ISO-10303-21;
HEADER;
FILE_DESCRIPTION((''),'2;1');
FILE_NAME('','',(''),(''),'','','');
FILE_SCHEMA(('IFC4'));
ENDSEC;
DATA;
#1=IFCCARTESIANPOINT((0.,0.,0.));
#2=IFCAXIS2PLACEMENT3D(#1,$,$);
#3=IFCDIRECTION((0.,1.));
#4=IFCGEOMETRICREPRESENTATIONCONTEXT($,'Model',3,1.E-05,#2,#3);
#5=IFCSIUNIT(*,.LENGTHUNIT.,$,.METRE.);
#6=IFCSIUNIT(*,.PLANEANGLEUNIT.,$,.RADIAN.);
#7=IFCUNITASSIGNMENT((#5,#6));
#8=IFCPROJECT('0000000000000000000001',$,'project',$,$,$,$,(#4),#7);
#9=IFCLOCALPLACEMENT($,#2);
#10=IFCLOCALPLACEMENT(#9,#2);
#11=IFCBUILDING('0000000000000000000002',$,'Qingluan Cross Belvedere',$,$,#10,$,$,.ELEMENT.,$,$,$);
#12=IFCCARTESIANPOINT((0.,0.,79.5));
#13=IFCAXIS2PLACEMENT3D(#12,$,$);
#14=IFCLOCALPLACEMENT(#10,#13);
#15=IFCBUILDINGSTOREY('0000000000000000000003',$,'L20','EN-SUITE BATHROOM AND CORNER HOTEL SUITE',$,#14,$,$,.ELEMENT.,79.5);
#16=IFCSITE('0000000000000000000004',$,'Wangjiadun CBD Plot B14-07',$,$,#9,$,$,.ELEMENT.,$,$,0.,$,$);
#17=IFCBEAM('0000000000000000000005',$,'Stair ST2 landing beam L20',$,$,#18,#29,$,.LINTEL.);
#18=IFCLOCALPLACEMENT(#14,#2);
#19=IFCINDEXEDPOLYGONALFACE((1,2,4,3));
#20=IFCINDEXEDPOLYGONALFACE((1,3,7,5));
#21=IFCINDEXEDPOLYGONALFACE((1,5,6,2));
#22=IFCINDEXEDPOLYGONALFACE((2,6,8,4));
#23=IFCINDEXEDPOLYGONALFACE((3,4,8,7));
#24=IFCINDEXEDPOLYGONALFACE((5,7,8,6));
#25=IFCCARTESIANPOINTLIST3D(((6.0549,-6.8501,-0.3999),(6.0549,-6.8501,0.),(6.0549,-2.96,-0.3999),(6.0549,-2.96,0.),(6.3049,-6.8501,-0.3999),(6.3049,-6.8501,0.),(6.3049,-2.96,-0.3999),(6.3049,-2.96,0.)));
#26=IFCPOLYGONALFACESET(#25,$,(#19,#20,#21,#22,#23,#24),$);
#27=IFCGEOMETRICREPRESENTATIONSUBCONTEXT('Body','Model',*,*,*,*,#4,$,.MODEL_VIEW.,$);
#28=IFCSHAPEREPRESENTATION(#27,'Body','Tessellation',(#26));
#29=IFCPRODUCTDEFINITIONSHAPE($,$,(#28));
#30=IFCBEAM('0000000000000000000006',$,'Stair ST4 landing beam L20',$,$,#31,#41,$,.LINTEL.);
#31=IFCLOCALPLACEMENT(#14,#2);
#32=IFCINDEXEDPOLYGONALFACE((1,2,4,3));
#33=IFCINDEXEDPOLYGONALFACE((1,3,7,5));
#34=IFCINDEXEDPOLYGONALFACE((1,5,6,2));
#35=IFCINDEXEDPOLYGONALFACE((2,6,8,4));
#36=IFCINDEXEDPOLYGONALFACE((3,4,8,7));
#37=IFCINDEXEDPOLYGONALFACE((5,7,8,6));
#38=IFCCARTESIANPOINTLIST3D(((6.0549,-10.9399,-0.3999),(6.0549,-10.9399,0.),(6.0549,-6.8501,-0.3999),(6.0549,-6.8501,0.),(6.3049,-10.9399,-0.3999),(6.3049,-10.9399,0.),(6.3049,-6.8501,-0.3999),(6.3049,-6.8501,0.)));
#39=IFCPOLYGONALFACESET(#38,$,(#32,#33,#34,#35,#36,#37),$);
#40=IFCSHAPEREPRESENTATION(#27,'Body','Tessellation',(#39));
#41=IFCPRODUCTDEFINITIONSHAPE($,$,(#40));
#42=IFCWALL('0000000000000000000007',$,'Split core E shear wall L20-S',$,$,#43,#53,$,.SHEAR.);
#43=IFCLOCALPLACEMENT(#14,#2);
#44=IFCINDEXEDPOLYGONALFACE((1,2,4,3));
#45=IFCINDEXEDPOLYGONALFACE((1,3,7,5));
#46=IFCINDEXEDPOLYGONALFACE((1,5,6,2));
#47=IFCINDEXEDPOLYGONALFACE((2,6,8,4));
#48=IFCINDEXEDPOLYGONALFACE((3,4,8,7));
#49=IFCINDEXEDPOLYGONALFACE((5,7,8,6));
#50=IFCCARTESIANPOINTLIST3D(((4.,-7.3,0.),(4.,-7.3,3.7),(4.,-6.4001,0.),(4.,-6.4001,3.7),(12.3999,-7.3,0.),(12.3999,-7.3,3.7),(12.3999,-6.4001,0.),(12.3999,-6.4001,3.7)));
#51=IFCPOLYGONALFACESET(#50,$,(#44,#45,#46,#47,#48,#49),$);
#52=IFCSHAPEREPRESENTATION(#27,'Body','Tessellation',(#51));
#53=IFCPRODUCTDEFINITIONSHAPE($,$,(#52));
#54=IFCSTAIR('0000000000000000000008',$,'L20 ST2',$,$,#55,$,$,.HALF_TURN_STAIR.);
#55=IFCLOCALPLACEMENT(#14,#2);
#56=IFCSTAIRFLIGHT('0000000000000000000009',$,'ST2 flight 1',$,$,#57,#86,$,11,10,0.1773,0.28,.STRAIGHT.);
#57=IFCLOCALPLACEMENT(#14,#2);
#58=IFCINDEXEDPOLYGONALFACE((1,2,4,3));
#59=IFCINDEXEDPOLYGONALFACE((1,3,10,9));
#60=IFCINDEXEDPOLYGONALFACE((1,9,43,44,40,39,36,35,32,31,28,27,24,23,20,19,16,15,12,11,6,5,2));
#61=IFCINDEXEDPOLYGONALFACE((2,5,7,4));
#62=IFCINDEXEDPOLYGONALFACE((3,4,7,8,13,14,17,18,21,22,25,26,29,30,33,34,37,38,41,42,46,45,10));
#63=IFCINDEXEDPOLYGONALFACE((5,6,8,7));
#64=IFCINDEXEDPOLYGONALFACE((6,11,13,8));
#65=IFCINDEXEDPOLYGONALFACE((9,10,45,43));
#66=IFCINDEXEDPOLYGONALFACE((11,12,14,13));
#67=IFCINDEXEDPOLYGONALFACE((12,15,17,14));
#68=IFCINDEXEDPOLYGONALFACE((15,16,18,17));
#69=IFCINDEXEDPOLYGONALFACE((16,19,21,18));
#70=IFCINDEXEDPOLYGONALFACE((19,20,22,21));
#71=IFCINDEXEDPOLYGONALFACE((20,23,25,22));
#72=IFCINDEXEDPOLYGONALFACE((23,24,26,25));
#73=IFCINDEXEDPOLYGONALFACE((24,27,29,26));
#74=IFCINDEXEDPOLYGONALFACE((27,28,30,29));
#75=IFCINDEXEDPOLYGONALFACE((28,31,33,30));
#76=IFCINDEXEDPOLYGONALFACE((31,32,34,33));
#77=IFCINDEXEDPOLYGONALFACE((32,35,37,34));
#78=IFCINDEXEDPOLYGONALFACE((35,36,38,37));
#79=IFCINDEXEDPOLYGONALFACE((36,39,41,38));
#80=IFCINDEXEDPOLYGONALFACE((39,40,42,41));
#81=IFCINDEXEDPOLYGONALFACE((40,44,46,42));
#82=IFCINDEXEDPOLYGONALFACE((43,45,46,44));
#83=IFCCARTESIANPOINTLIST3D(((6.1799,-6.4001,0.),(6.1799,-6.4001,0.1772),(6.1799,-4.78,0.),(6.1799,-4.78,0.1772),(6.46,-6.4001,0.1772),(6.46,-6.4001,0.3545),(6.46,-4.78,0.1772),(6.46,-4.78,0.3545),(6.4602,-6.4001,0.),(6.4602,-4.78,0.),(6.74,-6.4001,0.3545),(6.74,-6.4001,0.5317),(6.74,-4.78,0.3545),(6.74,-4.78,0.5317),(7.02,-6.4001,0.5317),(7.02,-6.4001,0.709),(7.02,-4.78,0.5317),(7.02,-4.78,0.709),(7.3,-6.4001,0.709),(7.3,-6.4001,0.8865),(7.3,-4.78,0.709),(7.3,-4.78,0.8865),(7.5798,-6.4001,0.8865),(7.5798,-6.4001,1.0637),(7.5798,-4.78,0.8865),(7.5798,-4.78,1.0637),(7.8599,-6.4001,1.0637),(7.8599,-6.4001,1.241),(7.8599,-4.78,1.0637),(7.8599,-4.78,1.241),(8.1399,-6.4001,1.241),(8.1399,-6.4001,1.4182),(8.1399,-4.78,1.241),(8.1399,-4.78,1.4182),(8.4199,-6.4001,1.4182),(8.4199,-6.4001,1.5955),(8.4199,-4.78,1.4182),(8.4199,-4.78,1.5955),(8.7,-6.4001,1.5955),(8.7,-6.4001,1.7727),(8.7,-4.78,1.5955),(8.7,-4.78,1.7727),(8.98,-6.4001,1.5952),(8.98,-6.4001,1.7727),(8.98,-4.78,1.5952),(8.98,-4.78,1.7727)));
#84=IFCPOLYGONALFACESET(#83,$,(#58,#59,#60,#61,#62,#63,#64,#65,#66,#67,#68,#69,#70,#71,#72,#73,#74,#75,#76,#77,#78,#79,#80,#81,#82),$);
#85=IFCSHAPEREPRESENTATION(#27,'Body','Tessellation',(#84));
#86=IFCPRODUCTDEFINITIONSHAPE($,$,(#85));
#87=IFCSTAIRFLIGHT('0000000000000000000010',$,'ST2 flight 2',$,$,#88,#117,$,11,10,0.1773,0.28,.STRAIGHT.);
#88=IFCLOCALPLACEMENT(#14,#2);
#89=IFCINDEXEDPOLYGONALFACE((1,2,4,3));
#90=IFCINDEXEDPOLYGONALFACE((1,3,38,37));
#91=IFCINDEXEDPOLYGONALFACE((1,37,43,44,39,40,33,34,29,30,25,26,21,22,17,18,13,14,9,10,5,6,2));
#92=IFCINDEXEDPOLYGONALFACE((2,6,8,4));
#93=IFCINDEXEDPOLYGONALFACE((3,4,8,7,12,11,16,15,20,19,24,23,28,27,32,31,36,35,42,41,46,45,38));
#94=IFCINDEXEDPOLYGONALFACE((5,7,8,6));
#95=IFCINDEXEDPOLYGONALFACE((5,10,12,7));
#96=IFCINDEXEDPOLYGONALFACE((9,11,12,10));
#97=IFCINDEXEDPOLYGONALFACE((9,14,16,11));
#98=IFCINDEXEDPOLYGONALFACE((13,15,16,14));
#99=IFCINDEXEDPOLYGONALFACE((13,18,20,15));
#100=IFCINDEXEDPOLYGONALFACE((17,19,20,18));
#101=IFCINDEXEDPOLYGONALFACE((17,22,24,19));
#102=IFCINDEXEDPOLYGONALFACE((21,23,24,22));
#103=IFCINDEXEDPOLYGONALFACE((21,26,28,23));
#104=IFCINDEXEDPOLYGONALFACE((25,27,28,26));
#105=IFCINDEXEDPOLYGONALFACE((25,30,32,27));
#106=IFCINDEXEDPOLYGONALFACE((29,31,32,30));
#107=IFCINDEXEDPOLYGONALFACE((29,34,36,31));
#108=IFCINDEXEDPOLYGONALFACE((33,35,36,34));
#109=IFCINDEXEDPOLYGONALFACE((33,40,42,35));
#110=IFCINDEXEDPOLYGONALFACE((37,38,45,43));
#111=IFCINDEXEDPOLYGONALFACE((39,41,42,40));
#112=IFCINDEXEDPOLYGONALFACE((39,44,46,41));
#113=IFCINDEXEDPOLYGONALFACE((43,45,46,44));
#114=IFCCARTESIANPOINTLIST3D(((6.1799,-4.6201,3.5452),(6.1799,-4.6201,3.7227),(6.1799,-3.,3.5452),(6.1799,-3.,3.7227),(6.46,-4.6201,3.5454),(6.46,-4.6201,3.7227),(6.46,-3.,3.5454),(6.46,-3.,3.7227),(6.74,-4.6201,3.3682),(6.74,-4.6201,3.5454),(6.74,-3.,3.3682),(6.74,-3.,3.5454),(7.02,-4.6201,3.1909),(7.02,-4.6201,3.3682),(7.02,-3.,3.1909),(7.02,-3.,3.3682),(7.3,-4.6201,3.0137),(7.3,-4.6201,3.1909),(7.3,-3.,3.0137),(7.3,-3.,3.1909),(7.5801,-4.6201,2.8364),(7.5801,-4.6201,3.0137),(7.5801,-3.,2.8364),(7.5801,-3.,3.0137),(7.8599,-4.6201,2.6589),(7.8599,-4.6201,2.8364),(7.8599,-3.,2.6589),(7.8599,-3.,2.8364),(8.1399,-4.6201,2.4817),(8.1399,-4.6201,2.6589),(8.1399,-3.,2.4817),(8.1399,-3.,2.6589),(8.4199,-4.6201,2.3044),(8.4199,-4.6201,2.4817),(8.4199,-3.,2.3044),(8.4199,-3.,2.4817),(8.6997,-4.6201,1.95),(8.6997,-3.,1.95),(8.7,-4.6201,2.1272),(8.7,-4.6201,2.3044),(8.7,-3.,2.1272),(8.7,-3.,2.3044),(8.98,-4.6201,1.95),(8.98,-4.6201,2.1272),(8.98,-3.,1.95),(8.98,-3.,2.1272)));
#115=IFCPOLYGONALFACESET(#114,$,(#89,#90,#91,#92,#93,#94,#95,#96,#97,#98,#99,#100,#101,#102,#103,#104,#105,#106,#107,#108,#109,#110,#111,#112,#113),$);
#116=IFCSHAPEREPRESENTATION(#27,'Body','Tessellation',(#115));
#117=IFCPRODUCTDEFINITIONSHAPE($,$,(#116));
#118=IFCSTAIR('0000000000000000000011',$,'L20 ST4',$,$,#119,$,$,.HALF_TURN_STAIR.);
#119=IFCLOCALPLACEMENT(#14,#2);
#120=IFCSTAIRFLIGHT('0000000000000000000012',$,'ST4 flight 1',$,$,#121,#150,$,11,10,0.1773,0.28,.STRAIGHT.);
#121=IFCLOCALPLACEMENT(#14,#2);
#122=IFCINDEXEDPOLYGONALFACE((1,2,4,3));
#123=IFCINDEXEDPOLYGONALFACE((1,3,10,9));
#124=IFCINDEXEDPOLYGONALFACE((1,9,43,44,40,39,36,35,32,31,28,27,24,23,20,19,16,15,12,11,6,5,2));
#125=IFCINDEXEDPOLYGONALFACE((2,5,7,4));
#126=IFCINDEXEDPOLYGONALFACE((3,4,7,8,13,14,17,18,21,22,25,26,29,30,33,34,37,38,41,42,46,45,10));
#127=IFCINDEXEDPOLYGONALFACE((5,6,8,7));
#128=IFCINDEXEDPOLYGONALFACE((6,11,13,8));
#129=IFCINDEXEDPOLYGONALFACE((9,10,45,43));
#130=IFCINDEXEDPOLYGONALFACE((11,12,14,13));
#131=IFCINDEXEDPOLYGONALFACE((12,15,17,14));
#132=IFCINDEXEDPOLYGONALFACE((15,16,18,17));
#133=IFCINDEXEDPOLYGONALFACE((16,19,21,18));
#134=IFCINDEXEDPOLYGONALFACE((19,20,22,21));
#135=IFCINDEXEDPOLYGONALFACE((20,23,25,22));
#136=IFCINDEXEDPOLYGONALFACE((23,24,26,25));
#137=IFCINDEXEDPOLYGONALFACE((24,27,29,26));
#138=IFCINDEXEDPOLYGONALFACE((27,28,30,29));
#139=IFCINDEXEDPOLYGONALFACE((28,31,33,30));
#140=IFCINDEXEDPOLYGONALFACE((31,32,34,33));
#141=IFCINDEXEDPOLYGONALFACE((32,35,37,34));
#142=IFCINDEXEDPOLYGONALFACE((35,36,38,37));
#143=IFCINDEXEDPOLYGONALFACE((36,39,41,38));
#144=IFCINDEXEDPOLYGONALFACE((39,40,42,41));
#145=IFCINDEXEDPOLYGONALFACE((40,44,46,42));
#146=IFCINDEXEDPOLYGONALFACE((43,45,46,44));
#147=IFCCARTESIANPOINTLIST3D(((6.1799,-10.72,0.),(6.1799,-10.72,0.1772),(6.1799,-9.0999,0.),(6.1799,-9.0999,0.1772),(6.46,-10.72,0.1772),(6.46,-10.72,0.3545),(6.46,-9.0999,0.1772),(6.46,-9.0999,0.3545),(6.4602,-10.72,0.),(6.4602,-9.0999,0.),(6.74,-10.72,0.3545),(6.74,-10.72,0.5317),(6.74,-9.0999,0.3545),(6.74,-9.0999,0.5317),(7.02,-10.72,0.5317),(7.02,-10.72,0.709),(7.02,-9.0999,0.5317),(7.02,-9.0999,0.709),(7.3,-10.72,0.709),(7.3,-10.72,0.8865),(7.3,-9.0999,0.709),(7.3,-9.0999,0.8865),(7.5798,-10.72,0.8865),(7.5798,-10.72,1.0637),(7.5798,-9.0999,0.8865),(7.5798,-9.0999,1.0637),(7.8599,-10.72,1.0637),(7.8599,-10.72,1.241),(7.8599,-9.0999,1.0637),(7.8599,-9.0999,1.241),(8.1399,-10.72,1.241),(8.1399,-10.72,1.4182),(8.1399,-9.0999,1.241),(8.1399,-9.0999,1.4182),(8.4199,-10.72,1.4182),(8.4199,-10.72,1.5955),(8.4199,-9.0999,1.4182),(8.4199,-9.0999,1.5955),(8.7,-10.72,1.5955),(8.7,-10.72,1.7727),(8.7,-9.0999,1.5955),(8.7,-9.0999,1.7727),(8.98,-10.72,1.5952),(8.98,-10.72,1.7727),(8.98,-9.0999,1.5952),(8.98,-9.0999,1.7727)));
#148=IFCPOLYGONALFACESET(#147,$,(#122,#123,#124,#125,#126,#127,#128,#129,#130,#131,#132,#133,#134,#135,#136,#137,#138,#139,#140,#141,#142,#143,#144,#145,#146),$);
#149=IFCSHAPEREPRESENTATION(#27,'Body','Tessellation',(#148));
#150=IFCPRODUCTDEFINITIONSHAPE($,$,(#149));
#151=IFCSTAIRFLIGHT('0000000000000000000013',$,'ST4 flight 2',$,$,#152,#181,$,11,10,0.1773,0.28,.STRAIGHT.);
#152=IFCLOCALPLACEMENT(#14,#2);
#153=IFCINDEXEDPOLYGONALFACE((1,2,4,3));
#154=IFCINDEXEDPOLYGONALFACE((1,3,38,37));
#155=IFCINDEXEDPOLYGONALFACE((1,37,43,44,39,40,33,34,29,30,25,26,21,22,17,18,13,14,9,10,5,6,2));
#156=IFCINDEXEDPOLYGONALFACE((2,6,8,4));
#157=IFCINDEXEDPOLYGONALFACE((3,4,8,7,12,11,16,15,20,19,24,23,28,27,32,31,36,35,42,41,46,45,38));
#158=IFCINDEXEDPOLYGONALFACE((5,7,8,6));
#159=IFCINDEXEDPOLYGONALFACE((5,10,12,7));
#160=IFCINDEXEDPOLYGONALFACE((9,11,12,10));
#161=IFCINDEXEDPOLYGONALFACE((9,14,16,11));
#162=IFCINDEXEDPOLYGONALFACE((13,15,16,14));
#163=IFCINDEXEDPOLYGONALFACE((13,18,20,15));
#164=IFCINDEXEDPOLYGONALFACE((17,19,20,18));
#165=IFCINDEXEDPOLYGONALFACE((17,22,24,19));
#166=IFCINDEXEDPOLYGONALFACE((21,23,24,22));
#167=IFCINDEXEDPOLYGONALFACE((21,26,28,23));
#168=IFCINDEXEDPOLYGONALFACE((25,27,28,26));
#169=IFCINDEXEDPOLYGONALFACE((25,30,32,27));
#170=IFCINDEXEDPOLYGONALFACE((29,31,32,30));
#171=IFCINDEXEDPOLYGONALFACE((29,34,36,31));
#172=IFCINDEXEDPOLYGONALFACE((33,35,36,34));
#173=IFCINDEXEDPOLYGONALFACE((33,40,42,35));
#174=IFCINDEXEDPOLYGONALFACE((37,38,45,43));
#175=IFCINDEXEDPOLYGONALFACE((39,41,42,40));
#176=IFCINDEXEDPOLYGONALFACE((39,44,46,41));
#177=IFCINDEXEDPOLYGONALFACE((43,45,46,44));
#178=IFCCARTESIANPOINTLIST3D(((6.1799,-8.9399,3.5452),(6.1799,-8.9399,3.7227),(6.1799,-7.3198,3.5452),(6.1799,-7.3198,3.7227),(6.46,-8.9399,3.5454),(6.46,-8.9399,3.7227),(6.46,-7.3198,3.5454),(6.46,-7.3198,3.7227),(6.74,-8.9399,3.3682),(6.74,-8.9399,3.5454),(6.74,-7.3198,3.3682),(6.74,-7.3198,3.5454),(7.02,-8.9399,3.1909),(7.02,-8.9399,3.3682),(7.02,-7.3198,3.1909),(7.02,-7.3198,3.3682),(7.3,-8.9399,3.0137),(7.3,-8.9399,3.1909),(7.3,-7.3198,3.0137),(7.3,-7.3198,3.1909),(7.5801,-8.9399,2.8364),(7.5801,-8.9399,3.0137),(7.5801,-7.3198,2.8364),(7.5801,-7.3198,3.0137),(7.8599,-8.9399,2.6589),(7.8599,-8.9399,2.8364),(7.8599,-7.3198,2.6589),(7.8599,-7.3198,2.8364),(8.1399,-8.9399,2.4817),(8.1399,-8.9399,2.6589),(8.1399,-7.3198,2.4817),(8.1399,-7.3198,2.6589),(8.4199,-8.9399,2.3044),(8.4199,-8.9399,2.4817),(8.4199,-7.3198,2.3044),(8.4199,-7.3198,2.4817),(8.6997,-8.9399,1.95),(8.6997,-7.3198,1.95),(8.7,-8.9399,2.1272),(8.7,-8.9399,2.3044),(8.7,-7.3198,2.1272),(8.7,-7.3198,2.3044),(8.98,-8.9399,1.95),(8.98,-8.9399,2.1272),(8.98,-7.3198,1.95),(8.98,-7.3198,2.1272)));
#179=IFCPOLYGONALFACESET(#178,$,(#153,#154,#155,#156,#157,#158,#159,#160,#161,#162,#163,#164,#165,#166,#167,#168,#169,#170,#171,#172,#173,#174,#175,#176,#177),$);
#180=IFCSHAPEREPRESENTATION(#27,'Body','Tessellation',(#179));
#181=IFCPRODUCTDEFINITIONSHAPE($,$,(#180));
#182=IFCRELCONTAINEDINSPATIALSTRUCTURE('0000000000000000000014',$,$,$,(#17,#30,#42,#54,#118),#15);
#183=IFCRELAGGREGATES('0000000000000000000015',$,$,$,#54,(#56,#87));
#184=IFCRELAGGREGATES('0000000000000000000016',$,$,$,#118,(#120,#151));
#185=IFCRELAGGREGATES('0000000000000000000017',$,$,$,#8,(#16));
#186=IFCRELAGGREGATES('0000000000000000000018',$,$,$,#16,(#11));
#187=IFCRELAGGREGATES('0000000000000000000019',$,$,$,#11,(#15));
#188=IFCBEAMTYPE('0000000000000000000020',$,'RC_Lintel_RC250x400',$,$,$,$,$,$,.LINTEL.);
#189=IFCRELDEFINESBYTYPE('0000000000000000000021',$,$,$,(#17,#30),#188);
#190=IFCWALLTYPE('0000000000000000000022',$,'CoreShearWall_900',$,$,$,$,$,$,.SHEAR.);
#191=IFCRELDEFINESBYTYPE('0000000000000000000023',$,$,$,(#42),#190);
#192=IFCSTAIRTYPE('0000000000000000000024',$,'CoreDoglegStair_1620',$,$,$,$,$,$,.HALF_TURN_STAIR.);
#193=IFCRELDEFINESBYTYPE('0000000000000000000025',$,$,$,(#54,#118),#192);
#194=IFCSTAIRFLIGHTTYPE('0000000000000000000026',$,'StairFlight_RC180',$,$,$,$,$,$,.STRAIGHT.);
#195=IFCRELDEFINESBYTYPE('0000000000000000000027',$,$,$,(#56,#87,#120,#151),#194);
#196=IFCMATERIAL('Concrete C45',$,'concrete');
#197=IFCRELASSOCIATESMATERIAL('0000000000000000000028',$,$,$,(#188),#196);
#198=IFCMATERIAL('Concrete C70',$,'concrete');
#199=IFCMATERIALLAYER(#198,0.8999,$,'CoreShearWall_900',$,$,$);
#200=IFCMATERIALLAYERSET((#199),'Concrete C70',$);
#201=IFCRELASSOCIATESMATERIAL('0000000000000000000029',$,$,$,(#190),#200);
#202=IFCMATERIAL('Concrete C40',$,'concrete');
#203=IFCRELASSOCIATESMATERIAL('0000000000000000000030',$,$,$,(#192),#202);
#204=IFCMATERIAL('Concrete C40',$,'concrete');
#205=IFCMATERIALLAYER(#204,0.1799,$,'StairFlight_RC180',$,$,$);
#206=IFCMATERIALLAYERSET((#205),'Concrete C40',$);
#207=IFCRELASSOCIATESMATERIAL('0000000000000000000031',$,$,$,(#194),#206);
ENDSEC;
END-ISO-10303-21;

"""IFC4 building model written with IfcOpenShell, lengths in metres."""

from ifc_helpers import new_model, si_unit, direction, frame, frame_2d, origin, origin_2d, place, context, subcontext, project, spatial, polyline, rectangle, outline, extrude, material, layer, layer_set, material_profile, profile_set, type_object, element, aggregate, save


model = new_model("IFC4")

# Units and contexts
model_context = context("Model", 3, precision=1e-05, world=origin(), true_north=direction((0.0, 1.0)))
body_context = subcontext(model_context, "Body", "Model", "MODEL_VIEW")
ifc_project = project(units=[si_unit("LENGTHUNIT", "METRE"), si_unit("PLANEANGLEUNIT", "RADIAN")], contexts=[model_context])

# Site, building, storey
site_placement = place(None, origin())
site = spatial("IfcSite", under=ifc_project, at=site_placement, Name="Wangjiadun CBD Plot B14-07", CompositionType="ELEMENT", RefElevation=0.0)
building_placement = place(site_placement, origin())
building = spatial("IfcBuilding", under=site, at=building_placement, Name="Qingluan Cross Belvedere", CompositionType="ELEMENT")
storey_placement = place(building_placement, frame((0.0, 0.0, 79.5)))
storey = spatial("IfcBuildingStorey", under=building, at=storey_placement, Name="L20", Description="EN-SUITE BATHROOM AND CORNER HOTEL SUITE", CompositionType="ELEMENT", Elevation=79.5)

# Beams
ifc_material_1 = material(Name="Concrete C45", Category="concrete")
ifc_material_profile = material_profile(ifc_material_1, rectangle(XDim=0.25, YDim=0.3999, at=origin_2d()), Name="RC250x400")
ifc_profile_set = profile_set([ifc_material_profile], Name="Concrete C45")
beam_type = type_object("IfcBeamType", Name="RC_Lintel_RC250x400", PredefinedType="LINTEL", material=ifc_profile_set)
beam_1_placement = place(storey_placement, frame((6.1799, -6.8501, -0.2), z_axis=(0.0, 1.0, 0.0), x_axis=(-1.0, 0.0, 0.0)))
element("IfcBeam", 1, at=beam_1_placement, inside=storey, type_object=beam_type, Name="Stair ST2 landing beam L20", PredefinedType="LINTEL", context=body_context, shape_type="SweptSolid", body=[
    extrude(rectangle(XDim=0.25, YDim=0.3999, at=origin_2d()), origin(), (0.0, 0.0, 1.0), 3.8901),
])
beam_2_placement = place(storey_placement, frame((6.1799, -10.9399, -0.2), z_axis=(0.0, 1.0, 0.0), x_axis=(-1.0, 0.0, 0.0)))
element("IfcBeam", 2, at=beam_2_placement, inside=storey, type_object=beam_type, Name="Stair ST4 landing beam L20", PredefinedType="LINTEL", context=body_context, shape_type="SweptSolid", body=[
    extrude(rectangle(XDim=0.25, YDim=0.3999, at=origin_2d()), origin(), (0.0, 0.0, 1.0), 4.0898),
])

# Wall
ifc_material_2 = material(Name="Concrete C70", Category="concrete")
ifc_layer_1 = layer(ifc_material_2, 0.8999, Name="CoreShearWall_900")
ifc_layer_set_1 = layer_set([ifc_layer_1], Name="Concrete C70")
wall_type_1 = type_object("IfcWallType", Name="CoreShearWall_900", PredefinedType="SHEAR", material=ifc_layer_set_1)
wall_1_placement = place(storey_placement, frame((4.0, -6.8501, 0.0), z_axis=(0.0, 0.0, 1.0), x_axis=(1.0, 0.0, 0.0)))
element("IfcWall", 3, at=wall_1_placement, inside=storey, type_object=wall_type_1, Name="Split core E shear wall L20-S", PredefinedType="SHEAR", context=body_context, shape_type="SweptSolid", body=[
    extrude(rectangle(XDim=8.3999, YDim=0.8999, at=frame_2d((4.2, 0.0))), origin(), (0.0, 0.0, 1.0), 3.7),
])

# Stairs, stair flights
ifc_material_3 = material(Name="Concrete C40", Category="concrete")
stair_type = type_object("IfcStairType", Name="CoreDoglegStair_1620", PredefinedType="HALF_TURN_STAIR", material=ifc_material_3)
stair_1_placement = place(storey_placement, origin())
stair_1 = element("IfcStair", 4, at=stair_1_placement, inside=storey, type_object=stair_type, Name="L20 ST2", PredefinedType="HALF_TURN_STAIR")
ifc_material_4 = material(Name="Concrete C40", Category="concrete")
ifc_layer_2 = layer(ifc_material_4, 0.1799, Name="StairFlight_RC180")
ifc_layer_set_2 = layer_set([ifc_layer_2], Name="Concrete C40")
stair_flight_type = type_object("IfcStairFlightType", Name="StairFlight_RC180", PredefinedType="STRAIGHT", material=ifc_layer_set_2)
stair_flight_1_placement = place(storey_placement, frame((6.1799, -5.5901, 0.0), z_axis=(0.0, 0.0, 1.0), x_axis=(1.0, 0.0, 0.0)))
stair_flight_1 = element("IfcStairFlight", 5, at=stair_flight_1_placement, type_object=stair_flight_type, Name="ST2 flight 1", NumberOfRisers=11, NumberOfTreads=10, PredefinedType="STRAIGHT", RiserHeight=0.1773, TreadLength=0.28, context=body_context, shape_type="SweptSolid", body=[
    extrude(outline(polyline([(0.0, 0.0), (0.0, 0.1772), (0.28, 0.1772), (0.28, 0.3545), (0.5601, 0.3545), (0.5601, 0.5317), (0.8401, 0.5317), (0.8401, 0.709), (1.1201, 0.709), (1.1201, 0.8865), (1.3999, 0.8865), (1.3999, 1.0637), (1.6799, 1.0637), (1.6799, 1.241), (1.96, 1.241), (1.96, 1.4182), (2.24, 1.4182), (2.24, 1.5955), (2.52, 1.5955), (2.52, 1.7727), (2.8, 1.7727), (2.8, 1.95), (2.8, 1.5952), (0.2803, 0.0), (0.0, 0.0)])), frame((0.0, 0.8101, 0.0), z_axis=(0.0, -1.0, 0.0), x_axis=(1.0, 0.0, 0.0)), (0.0, 0.0, 1.0), 1.6201),
])
stair_flight_2_placement = place(storey_placement, frame((8.98, -3.8101, 1.95), z_axis=(0.0, 0.0, 1.0), x_axis=(-1.0, 0.0, 0.0)))
stair_flight_2 = element("IfcStairFlight", 6, at=stair_flight_2_placement, type_object=stair_flight_type, Name="ST2 flight 2", NumberOfRisers=11, NumberOfTreads=10, PredefinedType="STRAIGHT", RiserHeight=0.1773, TreadLength=0.28, context=body_context, shape_type="SweptSolid", body=[
    extrude(outline(polyline([(0.0, 0.0), (0.0, 0.1772), (0.28, 0.1772), (0.28, 0.3545), (0.5601, 0.3545), (0.5601, 0.5317), (0.8401, 0.5317), (0.8401, 0.709), (1.1201, 0.709), (1.1201, 0.8865), (1.3999, 0.8865), (1.3999, 1.0637), (1.6799, 1.0637), (1.6799, 1.241), (1.96, 1.241), (1.96, 1.4182), (2.24, 1.4182), (2.24, 1.5955), (2.52, 1.5955), (2.52, 1.7727), (2.8, 1.7727), (2.8, 1.95), (2.8, 1.5952), (0.2803, 0.0), (0.0, 0.0)])), frame((0.0, 0.8101, 0.0), z_axis=(0.0, -1.0, 0.0), x_axis=(1.0, 0.0, 0.0)), (0.0, 0.0, 1.0), 1.6201),
])
aggregate(stair_1, [stair_flight_1, stair_flight_2])
stair_2_placement = place(storey_placement, origin())
stair_2 = element("IfcStair", 7, at=stair_2_placement, inside=storey, type_object=stair_type, Name="L20 ST4", PredefinedType="HALF_TURN_STAIR")
stair_flight_3_placement = place(storey_placement, frame((6.1799, -9.9099, 0.0), z_axis=(0.0, 0.0, 1.0), x_axis=(1.0, 0.0, 0.0)))
stair_flight_3 = element("IfcStairFlight", 8, at=stair_flight_3_placement, type_object=stair_flight_type, Name="ST4 flight 1", NumberOfRisers=11, NumberOfTreads=10, PredefinedType="STRAIGHT", RiserHeight=0.1773, TreadLength=0.28, context=body_context, shape_type="SweptSolid", body=[
    extrude(outline(polyline([(0.0, 0.0), (0.0, 0.1772), (0.28, 0.1772), (0.28, 0.3545), (0.5601, 0.3545), (0.5601, 0.5317), (0.8401, 0.5317), (0.8401, 0.709), (1.1201, 0.709), (1.1201, 0.8865), (1.3999, 0.8865), (1.3999, 1.0637), (1.6799, 1.0637), (1.6799, 1.241), (1.96, 1.241), (1.96, 1.4182), (2.24, 1.4182), (2.24, 1.5955), (2.52, 1.5955), (2.52, 1.7727), (2.8, 1.7727), (2.8, 1.95), (2.8, 1.5952), (0.2803, 0.0), (0.0, 0.0)])), frame((0.0, 0.8101, 0.0), z_axis=(0.0, -1.0, 0.0), x_axis=(1.0, 0.0, 0.0)), (0.0, 0.0, 1.0), 1.6201),
])
stair_flight_4_placement = place(storey_placement, frame((8.98, -8.1299, 1.95), z_axis=(0.0, 0.0, 1.0), x_axis=(-1.0, 0.0, 0.0)))
stair_flight_4 = element("IfcStairFlight", 9, at=stair_flight_4_placement, type_object=stair_flight_type, Name="ST4 flight 2", NumberOfRisers=11, NumberOfTreads=10, PredefinedType="STRAIGHT", RiserHeight=0.1773, TreadLength=0.28, context=body_context, shape_type="SweptSolid", body=[
    extrude(outline(polyline([(0.0, 0.0), (0.0, 0.1772), (0.28, 0.1772), (0.28, 0.3545), (0.5601, 0.3545), (0.5601, 0.5317), (0.8401, 0.5317), (0.8401, 0.709), (1.1201, 0.709), (1.1201, 0.8865), (1.3999, 0.8865), (1.3999, 1.0637), (1.6799, 1.0637), (1.6799, 1.241), (1.96, 1.241), (1.96, 1.4182), (2.24, 1.4182), (2.24, 1.5955), (2.52, 1.5955), (2.52, 1.7727), (2.8, 1.7727), (2.8, 1.95), (2.8, 1.5952), (0.2803, 0.0), (0.0, 0.0)])), frame((0.0, 0.8101, 0.0), z_axis=(0.0, -1.0, 0.0), x_axis=(1.0, 0.0, 0.0)), (0.0, 0.0, 1.0), 1.6201),
])
aggregate(stair_2, [stair_flight_3, stair_flight_4])

save(model, "model.ifc")
